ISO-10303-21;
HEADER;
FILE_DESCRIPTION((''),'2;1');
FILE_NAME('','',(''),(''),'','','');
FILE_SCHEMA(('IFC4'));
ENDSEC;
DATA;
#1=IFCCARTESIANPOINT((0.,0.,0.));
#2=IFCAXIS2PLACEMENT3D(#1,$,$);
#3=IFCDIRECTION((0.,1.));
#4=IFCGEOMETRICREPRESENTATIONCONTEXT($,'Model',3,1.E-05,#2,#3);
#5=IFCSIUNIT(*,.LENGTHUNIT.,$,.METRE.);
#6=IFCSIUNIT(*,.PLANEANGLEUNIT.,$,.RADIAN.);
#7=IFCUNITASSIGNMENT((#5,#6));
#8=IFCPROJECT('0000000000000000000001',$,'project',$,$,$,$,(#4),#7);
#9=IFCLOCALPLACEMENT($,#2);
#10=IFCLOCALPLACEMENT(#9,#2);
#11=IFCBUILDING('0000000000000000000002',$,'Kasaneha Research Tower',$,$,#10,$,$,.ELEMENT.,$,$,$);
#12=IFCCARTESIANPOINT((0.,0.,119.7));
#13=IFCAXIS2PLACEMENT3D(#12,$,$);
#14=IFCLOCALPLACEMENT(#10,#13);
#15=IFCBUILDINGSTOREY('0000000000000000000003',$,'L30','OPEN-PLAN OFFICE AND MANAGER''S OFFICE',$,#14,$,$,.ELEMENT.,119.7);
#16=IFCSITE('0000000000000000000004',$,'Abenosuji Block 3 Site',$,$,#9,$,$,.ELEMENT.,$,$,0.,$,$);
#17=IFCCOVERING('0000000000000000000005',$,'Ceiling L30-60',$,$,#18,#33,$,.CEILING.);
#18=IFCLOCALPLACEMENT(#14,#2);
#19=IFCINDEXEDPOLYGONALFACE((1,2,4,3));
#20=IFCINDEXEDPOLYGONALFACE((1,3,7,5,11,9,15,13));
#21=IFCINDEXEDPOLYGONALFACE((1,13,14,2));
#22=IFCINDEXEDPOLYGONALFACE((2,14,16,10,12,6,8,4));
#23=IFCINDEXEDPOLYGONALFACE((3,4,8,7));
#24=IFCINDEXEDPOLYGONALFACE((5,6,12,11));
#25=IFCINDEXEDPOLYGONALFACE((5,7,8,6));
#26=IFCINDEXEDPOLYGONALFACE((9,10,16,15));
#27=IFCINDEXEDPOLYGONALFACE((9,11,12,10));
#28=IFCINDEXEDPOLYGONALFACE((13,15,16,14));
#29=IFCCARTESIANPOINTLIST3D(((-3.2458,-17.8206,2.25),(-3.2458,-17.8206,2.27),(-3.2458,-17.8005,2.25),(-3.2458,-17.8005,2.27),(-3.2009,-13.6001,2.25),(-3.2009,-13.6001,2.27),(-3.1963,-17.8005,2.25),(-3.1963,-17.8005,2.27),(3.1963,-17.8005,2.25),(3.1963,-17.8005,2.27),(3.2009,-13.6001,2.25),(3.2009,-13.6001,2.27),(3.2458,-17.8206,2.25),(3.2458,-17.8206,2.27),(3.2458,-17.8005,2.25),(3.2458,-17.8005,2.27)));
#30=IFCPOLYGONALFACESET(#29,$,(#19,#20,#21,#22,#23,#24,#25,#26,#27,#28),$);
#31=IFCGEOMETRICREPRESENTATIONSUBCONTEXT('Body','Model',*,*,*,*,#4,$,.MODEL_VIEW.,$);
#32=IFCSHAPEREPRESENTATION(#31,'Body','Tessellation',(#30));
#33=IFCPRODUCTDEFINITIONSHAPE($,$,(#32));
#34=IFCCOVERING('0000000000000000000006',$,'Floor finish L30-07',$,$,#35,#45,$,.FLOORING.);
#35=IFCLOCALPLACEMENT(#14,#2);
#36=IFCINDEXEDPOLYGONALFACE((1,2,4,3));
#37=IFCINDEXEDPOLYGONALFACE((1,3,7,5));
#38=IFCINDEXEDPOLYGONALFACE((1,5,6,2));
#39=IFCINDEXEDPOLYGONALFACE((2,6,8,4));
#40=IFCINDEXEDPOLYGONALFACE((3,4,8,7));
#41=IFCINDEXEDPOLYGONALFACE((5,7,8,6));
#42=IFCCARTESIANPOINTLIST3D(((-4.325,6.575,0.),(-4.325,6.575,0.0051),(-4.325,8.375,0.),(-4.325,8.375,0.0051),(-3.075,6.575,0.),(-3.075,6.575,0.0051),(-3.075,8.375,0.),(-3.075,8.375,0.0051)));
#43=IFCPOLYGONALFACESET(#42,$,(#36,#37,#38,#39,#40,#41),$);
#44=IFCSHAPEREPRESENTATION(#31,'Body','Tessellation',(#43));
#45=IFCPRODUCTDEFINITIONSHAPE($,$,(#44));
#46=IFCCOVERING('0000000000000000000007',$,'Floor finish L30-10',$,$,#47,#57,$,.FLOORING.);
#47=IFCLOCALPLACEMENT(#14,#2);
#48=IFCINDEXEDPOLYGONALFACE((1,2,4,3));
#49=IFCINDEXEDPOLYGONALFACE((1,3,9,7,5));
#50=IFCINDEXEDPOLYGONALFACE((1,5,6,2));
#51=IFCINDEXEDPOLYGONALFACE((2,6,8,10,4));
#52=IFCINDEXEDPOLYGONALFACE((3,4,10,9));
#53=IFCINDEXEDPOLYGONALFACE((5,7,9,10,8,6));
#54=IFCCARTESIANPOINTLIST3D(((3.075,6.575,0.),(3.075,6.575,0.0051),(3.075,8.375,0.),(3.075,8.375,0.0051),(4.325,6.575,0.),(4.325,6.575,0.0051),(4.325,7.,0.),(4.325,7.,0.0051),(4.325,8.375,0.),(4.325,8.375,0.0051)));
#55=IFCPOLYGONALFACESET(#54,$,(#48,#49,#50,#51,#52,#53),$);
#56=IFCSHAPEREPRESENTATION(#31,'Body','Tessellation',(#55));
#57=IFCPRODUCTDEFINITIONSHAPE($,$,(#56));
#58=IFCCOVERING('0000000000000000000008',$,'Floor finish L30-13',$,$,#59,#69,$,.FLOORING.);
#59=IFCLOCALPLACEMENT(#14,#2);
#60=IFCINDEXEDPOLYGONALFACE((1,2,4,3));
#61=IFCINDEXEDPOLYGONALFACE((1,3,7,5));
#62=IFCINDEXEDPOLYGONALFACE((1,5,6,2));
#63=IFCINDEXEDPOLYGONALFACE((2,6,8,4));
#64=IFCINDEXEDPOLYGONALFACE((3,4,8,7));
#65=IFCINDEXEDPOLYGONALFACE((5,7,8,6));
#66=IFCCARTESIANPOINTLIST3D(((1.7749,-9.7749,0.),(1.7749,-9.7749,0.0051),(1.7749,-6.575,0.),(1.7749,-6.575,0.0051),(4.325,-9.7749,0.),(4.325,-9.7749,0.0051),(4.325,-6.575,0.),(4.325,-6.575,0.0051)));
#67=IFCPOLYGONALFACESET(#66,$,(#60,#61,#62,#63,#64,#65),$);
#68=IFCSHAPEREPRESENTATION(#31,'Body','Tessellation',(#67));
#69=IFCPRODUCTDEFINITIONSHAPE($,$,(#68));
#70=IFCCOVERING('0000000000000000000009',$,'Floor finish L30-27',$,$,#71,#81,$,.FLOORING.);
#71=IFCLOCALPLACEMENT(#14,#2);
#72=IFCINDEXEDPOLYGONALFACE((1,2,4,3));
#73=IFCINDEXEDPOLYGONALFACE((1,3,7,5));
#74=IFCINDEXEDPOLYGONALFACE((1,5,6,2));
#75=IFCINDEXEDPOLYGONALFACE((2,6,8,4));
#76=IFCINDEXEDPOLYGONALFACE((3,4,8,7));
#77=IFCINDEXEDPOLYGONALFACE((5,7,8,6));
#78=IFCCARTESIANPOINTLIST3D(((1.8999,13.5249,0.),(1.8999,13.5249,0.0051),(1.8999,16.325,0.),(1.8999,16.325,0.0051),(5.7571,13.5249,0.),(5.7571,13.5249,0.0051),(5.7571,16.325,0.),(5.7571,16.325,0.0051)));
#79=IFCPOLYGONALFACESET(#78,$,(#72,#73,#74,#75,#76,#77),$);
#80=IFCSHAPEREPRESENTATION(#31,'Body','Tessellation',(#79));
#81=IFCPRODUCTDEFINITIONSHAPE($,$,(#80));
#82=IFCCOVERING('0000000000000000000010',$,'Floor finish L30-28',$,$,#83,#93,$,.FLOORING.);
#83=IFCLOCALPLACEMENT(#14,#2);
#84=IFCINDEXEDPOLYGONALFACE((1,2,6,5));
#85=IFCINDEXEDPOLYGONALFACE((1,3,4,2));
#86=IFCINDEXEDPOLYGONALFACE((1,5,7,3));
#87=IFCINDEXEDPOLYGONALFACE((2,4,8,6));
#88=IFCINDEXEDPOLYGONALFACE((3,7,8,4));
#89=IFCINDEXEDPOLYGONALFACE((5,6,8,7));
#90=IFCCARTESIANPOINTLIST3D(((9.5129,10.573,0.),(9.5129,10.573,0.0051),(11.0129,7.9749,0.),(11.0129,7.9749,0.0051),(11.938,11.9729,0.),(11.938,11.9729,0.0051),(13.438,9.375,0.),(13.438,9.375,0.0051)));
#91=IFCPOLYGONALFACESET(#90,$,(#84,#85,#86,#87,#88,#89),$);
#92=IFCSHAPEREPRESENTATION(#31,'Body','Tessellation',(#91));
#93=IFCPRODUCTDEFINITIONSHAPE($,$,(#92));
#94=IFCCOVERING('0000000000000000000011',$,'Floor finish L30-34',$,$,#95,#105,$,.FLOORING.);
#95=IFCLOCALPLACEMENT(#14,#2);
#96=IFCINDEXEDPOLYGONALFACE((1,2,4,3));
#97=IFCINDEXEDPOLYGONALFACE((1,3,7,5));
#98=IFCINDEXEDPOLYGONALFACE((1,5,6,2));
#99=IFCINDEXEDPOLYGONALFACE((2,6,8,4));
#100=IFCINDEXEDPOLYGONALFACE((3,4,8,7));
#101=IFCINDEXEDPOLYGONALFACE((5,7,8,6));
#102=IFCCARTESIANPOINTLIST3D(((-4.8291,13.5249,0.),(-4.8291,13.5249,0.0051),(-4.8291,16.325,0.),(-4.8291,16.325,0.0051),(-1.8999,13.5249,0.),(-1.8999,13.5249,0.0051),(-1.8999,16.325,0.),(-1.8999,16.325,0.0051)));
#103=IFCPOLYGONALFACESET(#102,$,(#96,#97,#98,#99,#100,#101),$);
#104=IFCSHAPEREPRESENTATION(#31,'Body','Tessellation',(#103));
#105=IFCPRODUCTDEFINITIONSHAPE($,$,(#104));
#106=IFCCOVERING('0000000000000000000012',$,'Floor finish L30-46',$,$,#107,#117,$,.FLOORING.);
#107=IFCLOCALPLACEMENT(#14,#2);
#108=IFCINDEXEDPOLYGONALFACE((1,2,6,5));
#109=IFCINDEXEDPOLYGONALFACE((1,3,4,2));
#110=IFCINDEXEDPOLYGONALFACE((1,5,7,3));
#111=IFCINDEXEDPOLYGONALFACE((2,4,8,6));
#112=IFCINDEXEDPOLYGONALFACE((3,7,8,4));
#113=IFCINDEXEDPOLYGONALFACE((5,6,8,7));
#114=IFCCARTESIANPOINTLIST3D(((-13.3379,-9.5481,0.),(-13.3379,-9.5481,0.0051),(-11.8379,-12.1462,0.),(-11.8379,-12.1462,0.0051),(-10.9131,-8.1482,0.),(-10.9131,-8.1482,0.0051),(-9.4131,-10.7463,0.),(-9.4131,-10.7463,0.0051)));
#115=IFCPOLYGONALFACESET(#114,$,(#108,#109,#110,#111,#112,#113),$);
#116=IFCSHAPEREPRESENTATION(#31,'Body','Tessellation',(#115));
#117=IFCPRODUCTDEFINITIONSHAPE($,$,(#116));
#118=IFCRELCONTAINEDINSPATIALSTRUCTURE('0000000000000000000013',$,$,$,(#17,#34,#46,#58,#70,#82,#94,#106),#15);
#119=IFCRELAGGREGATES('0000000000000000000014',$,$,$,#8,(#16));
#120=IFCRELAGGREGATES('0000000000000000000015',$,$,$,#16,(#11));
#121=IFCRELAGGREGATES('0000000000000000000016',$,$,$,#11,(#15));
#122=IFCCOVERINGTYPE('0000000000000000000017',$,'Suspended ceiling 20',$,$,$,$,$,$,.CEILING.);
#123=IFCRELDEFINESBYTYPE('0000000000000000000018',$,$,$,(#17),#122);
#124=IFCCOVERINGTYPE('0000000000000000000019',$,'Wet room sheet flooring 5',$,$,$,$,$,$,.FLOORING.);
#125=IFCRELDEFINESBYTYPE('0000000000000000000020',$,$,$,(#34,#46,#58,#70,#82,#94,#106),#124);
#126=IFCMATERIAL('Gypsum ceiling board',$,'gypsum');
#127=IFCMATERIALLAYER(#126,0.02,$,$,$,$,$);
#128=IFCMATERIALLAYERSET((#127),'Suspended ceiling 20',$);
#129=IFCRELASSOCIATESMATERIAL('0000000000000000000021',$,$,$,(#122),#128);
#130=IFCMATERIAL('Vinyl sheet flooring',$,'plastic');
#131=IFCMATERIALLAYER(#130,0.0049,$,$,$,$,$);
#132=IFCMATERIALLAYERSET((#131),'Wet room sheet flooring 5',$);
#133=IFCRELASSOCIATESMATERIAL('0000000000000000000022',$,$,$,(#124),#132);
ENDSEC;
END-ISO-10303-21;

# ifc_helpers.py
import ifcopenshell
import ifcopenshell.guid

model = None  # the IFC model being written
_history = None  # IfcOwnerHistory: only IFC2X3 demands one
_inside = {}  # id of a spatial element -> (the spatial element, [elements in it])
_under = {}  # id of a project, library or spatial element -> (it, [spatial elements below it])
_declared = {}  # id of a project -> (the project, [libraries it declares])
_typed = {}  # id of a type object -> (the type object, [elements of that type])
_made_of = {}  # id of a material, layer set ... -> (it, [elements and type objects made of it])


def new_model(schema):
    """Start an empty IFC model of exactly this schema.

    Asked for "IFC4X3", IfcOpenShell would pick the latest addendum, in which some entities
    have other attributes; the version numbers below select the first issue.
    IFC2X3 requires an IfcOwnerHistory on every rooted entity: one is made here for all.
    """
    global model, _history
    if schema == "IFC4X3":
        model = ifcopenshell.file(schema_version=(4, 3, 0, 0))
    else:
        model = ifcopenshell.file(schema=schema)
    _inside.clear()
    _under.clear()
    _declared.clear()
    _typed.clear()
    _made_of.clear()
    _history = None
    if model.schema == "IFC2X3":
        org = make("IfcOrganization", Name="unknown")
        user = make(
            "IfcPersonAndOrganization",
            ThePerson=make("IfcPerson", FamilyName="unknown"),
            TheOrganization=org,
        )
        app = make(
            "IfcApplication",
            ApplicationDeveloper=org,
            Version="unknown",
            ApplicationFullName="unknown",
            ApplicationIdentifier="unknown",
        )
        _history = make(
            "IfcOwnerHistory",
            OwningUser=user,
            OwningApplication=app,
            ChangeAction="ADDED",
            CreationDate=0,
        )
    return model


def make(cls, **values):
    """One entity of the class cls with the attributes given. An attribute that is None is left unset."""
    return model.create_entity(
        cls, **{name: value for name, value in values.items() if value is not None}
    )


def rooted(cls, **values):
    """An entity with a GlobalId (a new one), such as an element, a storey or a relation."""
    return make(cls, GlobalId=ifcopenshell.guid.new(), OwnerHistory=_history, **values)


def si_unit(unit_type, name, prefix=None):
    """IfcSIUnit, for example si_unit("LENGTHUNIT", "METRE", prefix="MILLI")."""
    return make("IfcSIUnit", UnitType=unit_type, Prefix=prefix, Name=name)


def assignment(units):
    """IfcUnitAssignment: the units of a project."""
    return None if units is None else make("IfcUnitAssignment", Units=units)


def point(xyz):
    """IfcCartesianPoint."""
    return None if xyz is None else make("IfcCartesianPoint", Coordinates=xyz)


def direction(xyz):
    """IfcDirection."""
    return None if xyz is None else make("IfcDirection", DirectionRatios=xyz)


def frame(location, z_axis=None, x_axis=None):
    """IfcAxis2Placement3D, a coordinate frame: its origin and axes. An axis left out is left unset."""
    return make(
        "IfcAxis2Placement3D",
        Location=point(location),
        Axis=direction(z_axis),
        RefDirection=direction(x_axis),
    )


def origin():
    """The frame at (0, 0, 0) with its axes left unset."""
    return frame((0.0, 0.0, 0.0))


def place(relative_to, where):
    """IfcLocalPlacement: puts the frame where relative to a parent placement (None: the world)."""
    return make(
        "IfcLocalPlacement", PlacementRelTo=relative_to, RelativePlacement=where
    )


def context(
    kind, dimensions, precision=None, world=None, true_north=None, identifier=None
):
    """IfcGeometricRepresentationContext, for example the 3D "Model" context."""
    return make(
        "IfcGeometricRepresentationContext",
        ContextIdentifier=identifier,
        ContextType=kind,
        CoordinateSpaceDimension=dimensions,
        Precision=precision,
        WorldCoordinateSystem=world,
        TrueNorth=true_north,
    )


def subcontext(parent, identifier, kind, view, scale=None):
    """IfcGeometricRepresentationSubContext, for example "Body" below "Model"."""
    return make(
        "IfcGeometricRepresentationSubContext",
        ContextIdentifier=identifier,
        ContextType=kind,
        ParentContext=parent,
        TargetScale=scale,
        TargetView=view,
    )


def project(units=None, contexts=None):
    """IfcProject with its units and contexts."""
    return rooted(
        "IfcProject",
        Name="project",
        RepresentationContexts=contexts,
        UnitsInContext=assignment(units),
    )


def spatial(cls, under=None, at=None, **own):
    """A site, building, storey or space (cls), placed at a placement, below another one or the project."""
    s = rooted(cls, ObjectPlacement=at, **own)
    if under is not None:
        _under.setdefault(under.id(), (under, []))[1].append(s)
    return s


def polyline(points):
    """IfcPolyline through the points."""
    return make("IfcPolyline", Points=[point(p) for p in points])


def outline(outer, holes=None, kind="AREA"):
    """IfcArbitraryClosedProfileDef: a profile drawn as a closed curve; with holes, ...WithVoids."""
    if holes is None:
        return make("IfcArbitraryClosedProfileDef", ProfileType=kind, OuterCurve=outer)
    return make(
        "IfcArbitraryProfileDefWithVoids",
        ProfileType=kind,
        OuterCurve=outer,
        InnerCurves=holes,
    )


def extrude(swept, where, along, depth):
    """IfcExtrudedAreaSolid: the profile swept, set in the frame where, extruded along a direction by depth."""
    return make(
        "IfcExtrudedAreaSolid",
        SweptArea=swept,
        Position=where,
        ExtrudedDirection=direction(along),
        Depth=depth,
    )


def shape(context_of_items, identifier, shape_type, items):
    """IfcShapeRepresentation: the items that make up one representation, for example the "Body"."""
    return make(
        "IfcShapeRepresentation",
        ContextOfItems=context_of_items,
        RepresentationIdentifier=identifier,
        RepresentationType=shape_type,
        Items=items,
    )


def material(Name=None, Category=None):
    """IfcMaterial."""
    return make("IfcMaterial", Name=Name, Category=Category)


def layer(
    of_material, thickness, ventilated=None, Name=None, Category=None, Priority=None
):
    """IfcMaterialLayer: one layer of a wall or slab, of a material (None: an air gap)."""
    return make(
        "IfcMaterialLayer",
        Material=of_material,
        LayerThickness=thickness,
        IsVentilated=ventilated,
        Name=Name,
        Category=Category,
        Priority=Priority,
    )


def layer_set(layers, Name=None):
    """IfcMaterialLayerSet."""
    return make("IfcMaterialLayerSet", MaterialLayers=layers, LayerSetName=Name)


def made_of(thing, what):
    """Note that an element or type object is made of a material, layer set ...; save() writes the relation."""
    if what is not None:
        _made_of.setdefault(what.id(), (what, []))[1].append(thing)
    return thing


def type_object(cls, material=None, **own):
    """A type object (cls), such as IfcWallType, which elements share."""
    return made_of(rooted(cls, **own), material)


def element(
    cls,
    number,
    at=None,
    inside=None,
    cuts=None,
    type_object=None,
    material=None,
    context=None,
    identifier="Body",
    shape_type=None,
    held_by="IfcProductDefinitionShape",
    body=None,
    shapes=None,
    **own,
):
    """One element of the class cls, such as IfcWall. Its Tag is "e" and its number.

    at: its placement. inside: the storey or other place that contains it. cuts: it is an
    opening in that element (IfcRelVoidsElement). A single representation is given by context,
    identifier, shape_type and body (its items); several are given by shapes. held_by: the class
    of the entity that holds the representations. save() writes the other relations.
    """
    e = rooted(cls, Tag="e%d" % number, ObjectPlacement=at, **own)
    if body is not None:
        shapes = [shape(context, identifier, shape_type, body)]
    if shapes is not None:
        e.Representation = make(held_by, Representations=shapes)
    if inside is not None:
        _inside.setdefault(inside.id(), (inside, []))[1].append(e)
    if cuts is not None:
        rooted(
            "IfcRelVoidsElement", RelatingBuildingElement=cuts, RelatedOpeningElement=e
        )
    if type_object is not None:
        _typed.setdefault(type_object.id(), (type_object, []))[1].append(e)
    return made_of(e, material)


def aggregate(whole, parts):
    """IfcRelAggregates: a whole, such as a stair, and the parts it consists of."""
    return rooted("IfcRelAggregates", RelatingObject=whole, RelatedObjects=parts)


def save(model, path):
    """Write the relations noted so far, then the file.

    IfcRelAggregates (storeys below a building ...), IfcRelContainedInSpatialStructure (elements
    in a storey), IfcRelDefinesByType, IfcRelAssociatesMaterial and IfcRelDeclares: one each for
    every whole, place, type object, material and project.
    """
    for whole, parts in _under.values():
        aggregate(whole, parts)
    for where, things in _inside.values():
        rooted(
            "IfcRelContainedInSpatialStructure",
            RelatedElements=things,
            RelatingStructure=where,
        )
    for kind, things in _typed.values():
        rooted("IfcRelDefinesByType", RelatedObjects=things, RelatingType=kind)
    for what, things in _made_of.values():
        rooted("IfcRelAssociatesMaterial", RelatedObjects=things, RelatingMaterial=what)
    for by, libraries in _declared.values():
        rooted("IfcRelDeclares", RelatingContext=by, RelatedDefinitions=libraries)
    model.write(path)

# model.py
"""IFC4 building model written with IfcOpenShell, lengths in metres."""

from ifc_helpers import new_model, si_unit, direction, frame, origin, place, context, subcontext, project, spatial, polyline, outline, extrude, material, layer, layer_set, type_object, element, save


model = new_model("IFC4")

# Units and contexts
model_context = context("Model", 3, precision=1e-05, world=origin(), true_north=direction((0.0, 1.0)))
body_context = subcontext(model_context, "Body", "Model", "MODEL_VIEW")
ifc_project = project(units=[si_unit("LENGTHUNIT", "METRE"), si_unit("PLANEANGLEUNIT", "RADIAN")], contexts=[model_context])

# Site, building, storey
site_placement = place(None, origin())
site = spatial("IfcSite", under=ifc_project, at=site_placement, Name="Abenosuji Block 3 Site", CompositionType="ELEMENT", RefElevation=0.0)
building_placement = place(site_placement, origin())
building = spatial("IfcBuilding", under=site, at=building_placement, Name="Kasaneha Research Tower", CompositionType="ELEMENT")
storey_placement = place(building_placement, frame((0.0, 0.0, 119.7)))
storey = spatial("IfcBuildingStorey", under=building, at=storey_placement, Name="L30", Description="OPEN-PLAN OFFICE AND MANAGER'S OFFICE", CompositionType="ELEMENT", Elevation=119.7)

# Coverings
ifc_material_1 = material(Name="Gypsum ceiling board", Category="gypsum")
ifc_layer_1 = layer(ifc_material_1, 0.02)
ifc_layer_set_1 = layer_set([ifc_layer_1], Name="Suspended ceiling 20")
covering_type_1 = type_object("IfcCoveringType", Name="Suspended ceiling 20", PredefinedType="CEILING", material=ifc_layer_set_1)
covering_1_placement = place(storey_placement, frame((0.0, 0.0, 2.25)))
element("IfcCovering", 1, at=covering_1_placement, inside=storey, type_object=covering_type_1, Name="Ceiling L30-60", PredefinedType="CEILING", context=body_context, shape_type="SweptSolid", body=[
    extrude(outline(polyline([(3.2458, -17.8206), (-3.2458, -17.8206), (-3.2458, -17.8005), (-3.1963, -17.8005), (-3.2009, -13.6001), (3.2009, -13.6001), (3.1963, -17.8005), (3.2458, -17.8005), (3.2458, -17.8206)])), origin(), (0.0, 0.0, 1.0), 0.02),
])
ifc_material_2 = material(Name="Vinyl sheet flooring", Category="plastic")
ifc_layer_2 = layer(ifc_material_2, 0.0049)
ifc_layer_set_2 = layer_set([ifc_layer_2], Name="Wet room sheet flooring 5")
covering_type_2 = type_object("IfcCoveringType", Name="Wet room sheet flooring 5", PredefinedType="FLOORING", material=ifc_layer_set_2)
covering_2_placement = place(storey_placement, origin())
element("IfcCovering", 2, at=covering_2_placement, inside=storey, type_object=covering_type_2, Name="Floor finish L30-07", PredefinedType="FLOORING", context=body_context, shape_type="SweptSolid", body=[
    extrude(outline(polyline([(-4.325, 6.575), (-4.325, 8.375), (-3.075, 8.375), (-3.075, 6.575), (-4.325, 6.575)])), origin(), (0.0, 0.0, 1.0), 0.0051),
])
covering_3_placement = place(storey_placement, origin())
element("IfcCovering", 3, at=covering_3_placement, inside=storey, type_object=covering_type_2, Name="Floor finish L30-10", PredefinedType="FLOORING", context=body_context, shape_type="SweptSolid", body=[
    extrude(outline(polyline([(3.075, 6.575), (3.075, 8.375), (4.325, 8.375), (4.325, 7.0), (4.325, 6.575), (3.075, 6.575)])), origin(), (0.0, 0.0, 1.0), 0.0051),
])
covering_4_placement = place(storey_placement, origin())
element("IfcCovering", 4, at=covering_4_placement, inside=storey, type_object=covering_type_2, Name="Floor finish L30-13", PredefinedType="FLOORING", context=body_context, shape_type="SweptSolid", body=[
    extrude(outline(polyline([(1.7749, -9.7749), (1.7749, -6.575), (4.325, -6.575), (4.325, -9.7749), (1.7749, -9.7749)])), origin(), (0.0, 0.0, 1.0), 0.0051),
])
covering_5_placement = place(storey_placement, origin())
element("IfcCovering", 5, at=covering_5_placement, inside=storey, type_object=covering_type_2, Name="Floor finish L30-27", PredefinedType="FLOORING", context=body_context, shape_type="SweptSolid", body=[
    extrude(outline(polyline([(1.8999, 16.325), (5.7571, 16.325), (5.7571, 13.5249), (1.8999, 13.5249), (1.8999, 16.325)])), origin(), (0.0, 0.0, 1.0), 0.0051),
])
covering_6_placement = place(storey_placement, origin())
element("IfcCovering", 6, at=covering_6_placement, inside=storey, type_object=covering_type_2, Name="Floor finish L30-28", PredefinedType="FLOORING", context=body_context, shape_type="SweptSolid", body=[
    extrude(outline(polyline([(11.938, 11.9729), (13.438, 9.375), (11.0129, 7.9749), (9.5129, 10.573), (11.938, 11.9729)])), origin(), (0.0, 0.0, 1.0), 0.0051),
])
covering_7_placement = place(storey_placement, origin())
element("IfcCovering", 7, at=covering_7_placement, inside=storey, type_object=covering_type_2, Name="Floor finish L30-34", PredefinedType="FLOORING", context=body_context, shape_type="SweptSolid", body=[
    extrude(outline(polyline([(-4.8291, 16.325), (-1.8999, 16.325), (-1.8999, 13.5249), (-4.8291, 13.5249), (-4.8291, 16.325)])), origin(), (0.0, 0.0, 1.0), 0.0051),
])
covering_8_placement = place(storey_placement, origin())
element("IfcCovering", 8, at=covering_8_placement, inside=storey, type_object=covering_type_2, Name="Floor finish L30-46", PredefinedType="FLOORING", context=body_context, shape_type="SweptSolid", body=[
    extrude(outline(polyline([(-11.8379, -12.1462), (-13.3379, -9.5481), (-10.9131, -8.1482), (-9.4131, -10.7463), (-11.8379, -12.1462)])), origin(), (0.0, 0.0, 1.0), 0.0051),
])

save(model, "model.ifc")
